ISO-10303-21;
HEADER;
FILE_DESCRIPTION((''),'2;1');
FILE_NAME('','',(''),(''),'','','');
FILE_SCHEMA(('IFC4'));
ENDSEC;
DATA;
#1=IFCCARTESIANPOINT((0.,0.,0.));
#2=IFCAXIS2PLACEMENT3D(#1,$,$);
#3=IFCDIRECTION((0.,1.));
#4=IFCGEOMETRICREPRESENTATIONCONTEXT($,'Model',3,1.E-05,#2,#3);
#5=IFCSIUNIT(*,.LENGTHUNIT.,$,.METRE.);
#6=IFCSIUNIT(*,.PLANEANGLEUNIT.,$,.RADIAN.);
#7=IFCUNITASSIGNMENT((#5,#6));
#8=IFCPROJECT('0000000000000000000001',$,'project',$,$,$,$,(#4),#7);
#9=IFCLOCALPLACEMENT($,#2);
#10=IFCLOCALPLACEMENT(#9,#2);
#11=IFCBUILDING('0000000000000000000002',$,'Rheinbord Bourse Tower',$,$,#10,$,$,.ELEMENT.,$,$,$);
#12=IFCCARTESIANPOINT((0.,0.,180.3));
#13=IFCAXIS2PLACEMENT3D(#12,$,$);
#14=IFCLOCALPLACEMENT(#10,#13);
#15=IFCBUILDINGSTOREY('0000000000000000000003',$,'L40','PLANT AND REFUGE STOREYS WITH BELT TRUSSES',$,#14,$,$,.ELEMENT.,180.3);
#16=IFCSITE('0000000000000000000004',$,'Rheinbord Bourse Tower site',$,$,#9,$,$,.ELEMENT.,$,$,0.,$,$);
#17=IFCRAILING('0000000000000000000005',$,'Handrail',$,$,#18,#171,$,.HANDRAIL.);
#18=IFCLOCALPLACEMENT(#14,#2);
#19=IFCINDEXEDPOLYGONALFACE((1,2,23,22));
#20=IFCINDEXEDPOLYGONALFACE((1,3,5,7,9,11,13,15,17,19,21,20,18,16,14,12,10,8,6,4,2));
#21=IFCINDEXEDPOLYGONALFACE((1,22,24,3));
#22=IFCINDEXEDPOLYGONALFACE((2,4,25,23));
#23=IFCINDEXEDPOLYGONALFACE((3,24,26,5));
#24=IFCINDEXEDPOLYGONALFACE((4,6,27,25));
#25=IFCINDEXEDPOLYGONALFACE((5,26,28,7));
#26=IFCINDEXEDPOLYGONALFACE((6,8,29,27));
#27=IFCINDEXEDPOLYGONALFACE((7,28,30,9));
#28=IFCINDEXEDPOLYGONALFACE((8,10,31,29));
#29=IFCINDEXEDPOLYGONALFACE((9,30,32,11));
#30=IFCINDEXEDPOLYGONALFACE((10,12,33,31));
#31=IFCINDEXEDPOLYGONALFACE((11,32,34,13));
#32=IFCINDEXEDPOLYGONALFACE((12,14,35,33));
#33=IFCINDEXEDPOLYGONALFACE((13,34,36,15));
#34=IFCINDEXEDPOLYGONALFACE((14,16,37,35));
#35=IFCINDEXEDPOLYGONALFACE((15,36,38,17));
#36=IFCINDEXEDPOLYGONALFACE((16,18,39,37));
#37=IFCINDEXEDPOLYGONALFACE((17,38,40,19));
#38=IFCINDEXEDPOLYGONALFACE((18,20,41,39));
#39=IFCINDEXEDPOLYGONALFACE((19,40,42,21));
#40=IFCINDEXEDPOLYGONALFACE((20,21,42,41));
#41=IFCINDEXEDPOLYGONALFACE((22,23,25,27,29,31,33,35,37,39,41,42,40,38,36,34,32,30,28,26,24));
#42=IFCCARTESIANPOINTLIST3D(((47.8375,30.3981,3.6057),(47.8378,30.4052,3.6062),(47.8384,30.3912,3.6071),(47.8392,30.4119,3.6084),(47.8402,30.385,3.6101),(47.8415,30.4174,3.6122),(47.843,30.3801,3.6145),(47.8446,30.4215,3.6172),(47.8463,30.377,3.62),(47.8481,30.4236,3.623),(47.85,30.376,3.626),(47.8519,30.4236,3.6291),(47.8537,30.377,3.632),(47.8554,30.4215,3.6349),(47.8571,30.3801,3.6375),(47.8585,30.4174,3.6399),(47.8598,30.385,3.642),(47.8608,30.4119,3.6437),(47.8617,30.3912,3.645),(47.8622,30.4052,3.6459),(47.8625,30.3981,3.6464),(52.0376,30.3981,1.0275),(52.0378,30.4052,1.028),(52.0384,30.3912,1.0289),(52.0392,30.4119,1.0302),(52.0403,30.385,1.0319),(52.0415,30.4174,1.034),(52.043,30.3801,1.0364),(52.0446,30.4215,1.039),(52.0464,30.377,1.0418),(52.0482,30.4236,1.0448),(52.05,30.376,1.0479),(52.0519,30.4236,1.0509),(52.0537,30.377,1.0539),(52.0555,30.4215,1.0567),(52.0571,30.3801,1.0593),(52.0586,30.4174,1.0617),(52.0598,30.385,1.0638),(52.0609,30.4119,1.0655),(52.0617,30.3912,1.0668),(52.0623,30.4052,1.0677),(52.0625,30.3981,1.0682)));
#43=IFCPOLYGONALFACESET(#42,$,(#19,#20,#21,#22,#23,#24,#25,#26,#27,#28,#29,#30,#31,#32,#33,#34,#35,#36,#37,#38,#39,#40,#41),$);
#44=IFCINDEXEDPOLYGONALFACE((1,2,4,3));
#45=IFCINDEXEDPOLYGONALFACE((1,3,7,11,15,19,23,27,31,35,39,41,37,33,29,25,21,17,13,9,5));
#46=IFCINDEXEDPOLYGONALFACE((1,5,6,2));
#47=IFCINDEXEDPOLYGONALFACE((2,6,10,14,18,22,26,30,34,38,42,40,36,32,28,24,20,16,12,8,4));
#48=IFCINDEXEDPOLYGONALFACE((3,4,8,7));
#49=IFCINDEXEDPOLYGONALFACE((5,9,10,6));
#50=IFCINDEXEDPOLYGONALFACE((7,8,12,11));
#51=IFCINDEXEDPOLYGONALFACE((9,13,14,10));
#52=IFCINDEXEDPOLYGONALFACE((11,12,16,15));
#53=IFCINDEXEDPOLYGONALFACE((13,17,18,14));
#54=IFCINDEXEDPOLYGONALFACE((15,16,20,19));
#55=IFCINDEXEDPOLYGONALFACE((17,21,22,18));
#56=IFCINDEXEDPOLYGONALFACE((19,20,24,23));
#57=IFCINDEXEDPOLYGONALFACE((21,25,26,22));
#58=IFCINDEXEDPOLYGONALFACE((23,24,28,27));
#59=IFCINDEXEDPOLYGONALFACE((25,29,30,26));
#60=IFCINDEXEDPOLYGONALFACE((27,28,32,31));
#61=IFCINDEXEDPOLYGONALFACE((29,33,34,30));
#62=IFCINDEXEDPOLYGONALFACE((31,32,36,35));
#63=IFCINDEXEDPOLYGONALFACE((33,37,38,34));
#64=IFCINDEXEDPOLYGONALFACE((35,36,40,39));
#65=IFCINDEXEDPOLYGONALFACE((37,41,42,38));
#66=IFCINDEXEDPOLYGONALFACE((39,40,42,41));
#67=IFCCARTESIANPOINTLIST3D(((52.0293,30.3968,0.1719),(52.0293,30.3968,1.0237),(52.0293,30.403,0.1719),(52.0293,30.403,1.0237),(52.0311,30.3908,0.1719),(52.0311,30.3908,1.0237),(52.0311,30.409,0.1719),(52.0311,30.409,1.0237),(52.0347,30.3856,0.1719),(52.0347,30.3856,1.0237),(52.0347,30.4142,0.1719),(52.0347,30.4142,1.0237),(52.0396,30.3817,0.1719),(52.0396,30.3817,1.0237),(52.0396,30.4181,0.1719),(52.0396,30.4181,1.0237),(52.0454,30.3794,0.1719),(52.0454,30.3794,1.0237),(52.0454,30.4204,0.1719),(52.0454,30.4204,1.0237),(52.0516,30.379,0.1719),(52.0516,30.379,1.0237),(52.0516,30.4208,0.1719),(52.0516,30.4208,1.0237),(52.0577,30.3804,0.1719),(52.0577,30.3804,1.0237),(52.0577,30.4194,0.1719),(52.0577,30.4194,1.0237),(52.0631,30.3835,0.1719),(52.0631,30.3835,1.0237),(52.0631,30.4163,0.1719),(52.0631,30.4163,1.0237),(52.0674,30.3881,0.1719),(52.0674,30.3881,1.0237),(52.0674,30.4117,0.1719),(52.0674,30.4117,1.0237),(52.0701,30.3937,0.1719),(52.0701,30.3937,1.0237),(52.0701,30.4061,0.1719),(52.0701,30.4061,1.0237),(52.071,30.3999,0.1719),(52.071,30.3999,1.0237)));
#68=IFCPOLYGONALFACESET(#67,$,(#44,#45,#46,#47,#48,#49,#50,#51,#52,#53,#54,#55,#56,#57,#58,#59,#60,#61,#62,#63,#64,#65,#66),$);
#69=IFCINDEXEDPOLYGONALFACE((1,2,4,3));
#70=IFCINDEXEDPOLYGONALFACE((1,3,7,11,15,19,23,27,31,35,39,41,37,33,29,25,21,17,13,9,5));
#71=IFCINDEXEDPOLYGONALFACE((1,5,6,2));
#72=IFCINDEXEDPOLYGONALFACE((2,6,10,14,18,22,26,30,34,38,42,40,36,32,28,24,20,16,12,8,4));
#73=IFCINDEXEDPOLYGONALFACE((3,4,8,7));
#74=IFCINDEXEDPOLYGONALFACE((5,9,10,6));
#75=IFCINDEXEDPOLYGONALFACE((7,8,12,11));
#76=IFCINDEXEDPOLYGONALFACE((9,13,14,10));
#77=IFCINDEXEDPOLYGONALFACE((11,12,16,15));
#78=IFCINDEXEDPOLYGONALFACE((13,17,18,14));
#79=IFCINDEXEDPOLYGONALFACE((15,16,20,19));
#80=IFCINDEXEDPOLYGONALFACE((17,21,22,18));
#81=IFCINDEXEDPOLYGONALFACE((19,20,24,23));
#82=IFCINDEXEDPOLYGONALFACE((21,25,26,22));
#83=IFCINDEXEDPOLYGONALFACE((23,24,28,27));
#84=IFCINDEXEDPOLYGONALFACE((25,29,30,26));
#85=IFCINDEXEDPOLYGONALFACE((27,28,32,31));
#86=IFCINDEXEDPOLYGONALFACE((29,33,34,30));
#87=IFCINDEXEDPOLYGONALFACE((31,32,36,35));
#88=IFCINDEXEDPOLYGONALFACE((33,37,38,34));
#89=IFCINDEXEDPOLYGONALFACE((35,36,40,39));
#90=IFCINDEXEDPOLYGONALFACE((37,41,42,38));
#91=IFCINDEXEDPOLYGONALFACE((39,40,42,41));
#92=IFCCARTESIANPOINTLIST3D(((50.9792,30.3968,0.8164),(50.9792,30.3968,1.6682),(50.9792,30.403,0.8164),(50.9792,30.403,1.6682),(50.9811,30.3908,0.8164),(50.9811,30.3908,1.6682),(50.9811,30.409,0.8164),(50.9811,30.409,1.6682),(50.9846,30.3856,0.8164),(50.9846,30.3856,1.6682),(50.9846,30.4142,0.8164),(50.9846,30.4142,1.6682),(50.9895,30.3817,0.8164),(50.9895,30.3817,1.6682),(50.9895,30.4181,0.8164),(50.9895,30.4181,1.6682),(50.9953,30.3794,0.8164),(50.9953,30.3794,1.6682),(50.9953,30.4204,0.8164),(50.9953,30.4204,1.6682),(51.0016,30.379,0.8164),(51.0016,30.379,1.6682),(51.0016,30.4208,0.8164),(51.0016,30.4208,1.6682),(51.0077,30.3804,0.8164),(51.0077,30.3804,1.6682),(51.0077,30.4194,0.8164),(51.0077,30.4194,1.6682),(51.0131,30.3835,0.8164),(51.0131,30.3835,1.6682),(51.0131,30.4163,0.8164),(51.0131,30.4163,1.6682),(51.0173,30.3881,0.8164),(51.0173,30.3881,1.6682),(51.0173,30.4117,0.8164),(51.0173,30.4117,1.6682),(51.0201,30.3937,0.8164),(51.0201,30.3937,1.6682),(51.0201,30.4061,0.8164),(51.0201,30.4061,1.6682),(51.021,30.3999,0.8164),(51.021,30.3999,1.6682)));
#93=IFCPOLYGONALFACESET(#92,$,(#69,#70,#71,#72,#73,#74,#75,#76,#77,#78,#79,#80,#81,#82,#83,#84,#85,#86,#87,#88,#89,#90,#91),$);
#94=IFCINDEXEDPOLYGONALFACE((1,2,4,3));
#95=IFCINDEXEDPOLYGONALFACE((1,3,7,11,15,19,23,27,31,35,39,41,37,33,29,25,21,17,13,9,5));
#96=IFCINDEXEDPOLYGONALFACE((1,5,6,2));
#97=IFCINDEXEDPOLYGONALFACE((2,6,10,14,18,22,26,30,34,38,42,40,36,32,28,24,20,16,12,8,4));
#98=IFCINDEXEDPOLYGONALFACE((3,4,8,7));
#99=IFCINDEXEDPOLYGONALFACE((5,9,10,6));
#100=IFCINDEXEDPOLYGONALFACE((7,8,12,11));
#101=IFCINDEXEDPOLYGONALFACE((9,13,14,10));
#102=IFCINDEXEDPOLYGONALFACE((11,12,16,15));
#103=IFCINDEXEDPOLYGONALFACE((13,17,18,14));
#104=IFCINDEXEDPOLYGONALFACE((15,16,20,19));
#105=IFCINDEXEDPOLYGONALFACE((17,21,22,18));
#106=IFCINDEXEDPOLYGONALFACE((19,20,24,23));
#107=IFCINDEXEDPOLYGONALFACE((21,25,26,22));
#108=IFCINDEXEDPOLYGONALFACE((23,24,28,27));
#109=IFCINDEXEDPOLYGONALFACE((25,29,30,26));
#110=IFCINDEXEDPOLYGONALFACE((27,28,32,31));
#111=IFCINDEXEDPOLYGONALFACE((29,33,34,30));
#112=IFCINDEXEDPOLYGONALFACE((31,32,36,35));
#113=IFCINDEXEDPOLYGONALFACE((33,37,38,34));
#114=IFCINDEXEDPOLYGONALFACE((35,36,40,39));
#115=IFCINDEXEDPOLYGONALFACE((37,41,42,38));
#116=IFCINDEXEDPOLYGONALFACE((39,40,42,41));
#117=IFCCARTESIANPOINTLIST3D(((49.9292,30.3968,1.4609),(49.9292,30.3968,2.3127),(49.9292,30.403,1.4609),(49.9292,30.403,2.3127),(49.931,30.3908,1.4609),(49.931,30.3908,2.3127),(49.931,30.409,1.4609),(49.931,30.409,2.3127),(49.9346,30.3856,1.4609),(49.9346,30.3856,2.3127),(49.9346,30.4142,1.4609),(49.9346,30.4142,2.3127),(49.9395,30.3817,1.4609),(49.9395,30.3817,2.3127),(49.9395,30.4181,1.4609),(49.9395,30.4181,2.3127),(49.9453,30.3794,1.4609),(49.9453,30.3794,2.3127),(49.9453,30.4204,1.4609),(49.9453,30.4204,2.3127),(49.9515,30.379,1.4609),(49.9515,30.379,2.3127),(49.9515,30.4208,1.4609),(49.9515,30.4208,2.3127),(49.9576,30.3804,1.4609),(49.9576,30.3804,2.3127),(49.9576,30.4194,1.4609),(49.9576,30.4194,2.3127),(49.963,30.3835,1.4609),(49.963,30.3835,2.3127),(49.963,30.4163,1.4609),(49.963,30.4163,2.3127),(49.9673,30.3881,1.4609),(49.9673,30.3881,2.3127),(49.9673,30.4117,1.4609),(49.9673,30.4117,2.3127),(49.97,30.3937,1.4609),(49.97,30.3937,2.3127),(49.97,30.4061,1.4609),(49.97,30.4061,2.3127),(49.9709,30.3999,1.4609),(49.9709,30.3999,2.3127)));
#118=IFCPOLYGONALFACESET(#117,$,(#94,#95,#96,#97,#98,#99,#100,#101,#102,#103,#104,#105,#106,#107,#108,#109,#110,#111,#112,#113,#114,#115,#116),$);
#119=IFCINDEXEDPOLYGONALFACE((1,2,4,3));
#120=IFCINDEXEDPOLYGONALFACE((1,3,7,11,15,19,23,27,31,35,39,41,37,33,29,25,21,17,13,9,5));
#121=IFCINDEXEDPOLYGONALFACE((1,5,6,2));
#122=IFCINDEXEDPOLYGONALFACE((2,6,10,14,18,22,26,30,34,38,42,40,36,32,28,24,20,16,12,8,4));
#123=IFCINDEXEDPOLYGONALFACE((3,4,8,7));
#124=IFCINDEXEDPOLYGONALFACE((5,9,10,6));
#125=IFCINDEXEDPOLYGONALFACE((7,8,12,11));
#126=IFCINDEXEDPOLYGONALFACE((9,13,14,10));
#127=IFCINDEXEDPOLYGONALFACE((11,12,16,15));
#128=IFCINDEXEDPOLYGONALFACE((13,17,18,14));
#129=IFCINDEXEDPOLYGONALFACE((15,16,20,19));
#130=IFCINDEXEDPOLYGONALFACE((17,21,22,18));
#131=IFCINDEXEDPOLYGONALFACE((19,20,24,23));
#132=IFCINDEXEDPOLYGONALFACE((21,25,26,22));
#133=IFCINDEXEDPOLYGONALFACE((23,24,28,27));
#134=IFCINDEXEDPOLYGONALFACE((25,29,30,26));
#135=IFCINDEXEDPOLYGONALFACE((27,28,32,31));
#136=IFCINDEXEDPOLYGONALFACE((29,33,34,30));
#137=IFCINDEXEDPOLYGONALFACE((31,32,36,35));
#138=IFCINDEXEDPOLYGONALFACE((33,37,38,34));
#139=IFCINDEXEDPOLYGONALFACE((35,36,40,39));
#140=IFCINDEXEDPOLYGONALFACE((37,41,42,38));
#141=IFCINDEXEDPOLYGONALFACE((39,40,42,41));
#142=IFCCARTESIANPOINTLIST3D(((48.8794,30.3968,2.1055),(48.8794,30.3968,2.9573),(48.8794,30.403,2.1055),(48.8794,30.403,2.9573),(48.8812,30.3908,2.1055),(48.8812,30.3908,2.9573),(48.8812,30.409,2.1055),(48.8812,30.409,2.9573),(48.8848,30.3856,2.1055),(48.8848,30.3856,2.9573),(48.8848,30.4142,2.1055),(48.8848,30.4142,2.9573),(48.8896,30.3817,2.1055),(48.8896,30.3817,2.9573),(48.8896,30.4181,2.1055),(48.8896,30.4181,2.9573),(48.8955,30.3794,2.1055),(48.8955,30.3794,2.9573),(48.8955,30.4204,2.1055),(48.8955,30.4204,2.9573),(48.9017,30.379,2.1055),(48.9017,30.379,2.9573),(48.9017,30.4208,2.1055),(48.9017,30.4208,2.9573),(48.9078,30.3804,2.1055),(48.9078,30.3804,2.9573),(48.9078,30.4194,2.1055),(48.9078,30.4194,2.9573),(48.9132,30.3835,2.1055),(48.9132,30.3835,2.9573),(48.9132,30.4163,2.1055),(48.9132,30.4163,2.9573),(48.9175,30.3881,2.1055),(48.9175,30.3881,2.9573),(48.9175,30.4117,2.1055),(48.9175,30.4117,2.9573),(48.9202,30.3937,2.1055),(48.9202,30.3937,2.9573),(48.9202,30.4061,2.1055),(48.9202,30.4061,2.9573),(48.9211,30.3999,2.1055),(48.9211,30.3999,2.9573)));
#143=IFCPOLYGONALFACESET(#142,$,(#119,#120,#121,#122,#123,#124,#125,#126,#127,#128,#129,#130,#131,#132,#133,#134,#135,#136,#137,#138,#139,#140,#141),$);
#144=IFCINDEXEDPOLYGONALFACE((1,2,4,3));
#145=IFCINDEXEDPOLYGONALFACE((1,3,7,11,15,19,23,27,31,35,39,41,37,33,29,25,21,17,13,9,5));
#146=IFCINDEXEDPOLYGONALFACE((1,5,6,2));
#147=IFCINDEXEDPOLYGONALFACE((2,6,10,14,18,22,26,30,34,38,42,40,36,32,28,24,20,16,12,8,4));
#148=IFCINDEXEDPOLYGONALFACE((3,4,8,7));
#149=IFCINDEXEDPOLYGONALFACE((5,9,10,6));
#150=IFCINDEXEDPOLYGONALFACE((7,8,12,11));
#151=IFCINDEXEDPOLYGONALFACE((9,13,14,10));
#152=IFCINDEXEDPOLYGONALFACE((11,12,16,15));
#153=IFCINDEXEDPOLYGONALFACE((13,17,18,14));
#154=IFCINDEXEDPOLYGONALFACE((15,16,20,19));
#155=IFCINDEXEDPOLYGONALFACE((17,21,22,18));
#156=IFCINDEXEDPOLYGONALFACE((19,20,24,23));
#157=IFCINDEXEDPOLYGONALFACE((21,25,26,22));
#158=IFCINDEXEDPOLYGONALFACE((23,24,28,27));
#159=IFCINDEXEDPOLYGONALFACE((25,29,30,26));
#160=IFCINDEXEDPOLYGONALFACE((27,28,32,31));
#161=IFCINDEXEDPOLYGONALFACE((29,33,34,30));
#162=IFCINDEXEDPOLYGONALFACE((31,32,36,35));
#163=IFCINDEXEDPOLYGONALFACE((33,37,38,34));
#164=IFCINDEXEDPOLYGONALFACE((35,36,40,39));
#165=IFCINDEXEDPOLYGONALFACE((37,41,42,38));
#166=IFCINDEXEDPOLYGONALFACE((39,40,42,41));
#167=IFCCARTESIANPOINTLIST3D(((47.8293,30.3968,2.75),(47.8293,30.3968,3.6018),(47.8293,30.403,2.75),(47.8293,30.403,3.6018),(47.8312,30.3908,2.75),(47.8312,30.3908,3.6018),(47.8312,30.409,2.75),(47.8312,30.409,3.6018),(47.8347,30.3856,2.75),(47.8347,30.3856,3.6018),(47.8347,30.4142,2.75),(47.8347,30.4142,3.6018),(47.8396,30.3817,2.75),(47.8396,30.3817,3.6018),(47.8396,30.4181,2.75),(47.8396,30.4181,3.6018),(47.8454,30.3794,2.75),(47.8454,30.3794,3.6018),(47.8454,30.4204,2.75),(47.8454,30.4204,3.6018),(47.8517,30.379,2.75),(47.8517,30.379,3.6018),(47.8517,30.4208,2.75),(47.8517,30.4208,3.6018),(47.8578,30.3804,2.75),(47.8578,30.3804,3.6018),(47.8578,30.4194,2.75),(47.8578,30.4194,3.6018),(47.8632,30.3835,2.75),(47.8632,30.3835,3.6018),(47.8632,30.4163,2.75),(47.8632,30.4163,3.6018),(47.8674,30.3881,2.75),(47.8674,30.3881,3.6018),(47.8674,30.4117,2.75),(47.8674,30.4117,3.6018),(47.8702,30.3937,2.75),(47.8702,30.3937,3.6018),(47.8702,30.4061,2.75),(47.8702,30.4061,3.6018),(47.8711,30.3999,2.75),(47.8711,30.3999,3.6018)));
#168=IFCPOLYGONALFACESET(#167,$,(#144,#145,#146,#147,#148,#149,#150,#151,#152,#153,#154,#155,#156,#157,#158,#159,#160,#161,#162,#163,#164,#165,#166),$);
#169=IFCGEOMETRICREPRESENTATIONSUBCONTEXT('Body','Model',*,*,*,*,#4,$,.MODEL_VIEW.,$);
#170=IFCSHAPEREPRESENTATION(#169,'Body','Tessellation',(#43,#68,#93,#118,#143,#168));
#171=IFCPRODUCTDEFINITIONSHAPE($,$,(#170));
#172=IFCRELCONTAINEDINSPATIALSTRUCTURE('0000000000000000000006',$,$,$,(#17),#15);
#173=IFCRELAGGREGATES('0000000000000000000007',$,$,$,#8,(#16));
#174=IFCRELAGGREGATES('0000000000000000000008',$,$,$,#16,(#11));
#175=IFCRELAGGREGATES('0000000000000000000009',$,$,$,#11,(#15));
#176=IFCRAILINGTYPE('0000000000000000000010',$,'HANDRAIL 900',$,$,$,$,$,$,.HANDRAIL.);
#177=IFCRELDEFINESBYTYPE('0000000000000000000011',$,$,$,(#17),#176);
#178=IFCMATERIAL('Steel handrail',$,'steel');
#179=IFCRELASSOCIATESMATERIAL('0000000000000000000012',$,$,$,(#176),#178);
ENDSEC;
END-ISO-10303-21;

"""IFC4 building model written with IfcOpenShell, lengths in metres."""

from ifc_helpers import new_model, si_unit, direction, frame, origin, origin_2d, place, context, subcontext, project, spatial, circle, extrude, material, type_object, element, save


model = new_model("IFC4")

# Units and contexts
model_context = context("Model", 3, precision=1e-05, world=origin(), true_north=direction((0.0, 1.0)))
body_context = subcontext(model_context, "Body", "Model", "MODEL_VIEW")
ifc_project = project(units=[si_unit("LENGTHUNIT", "METRE"), si_unit("PLANEANGLEUNIT", "RADIAN")], contexts=[model_context])

# Site, building, storey
site_placement = place(None, origin())
site = spatial("IfcSite", under=ifc_project, at=site_placement, Name="Rheinbord Bourse Tower site", CompositionType="ELEMENT", RefElevation=0.0)
building_placement = place(site_placement, origin())
building = spatial("IfcBuilding", under=site, at=building_placement, Name="Rheinbord Bourse Tower", CompositionType="ELEMENT")
storey_placement = place(building_placement, frame((0.0, 0.0, 180.3)))
storey = spatial("IfcBuildingStorey", under=building, at=storey_placement, Name="L40", Description="PLANT AND REFUGE STOREYS WITH BELT TRUSSES", CompositionType="ELEMENT", Elevation=180.3)

# Railing
ifc_material_1 = material(Name="Steel handrail", Category="steel")
railing_type = type_object("IfcRailingType", Name="HANDRAIL 900", PredefinedType="HANDRAIL", material=ifc_material_1)
railing_1_placement = place(storey_placement, frame((52.05, 30.3999, 0.1719)))
element("IfcRailing", 1, at=railing_1_placement, inside=storey, type_object=railing_type, Name="Handrail", PredefinedType="HANDRAIL", context=body_context, shape_type="SweptSolid", body=[
    extrude(circle(Radius=0.0239, at=origin_2d()), frame((0.0, 0.0, 0.876), z_axis=(-0.852243, 0.0, 0.523146), x_axis=(0.0, -1.0, 0.0)), (0.0, 0.0, 1.0), 4.9282),
    extrude(circle(Radius=0.021, at=origin_2d()), origin(), (0.0, 0.0, 1.0), 0.8518),
    extrude(circle(Radius=0.021, at=origin_2d()), frame((-1.05, 0.0, 0.6445)), (0.0, 0.0, 1.0), 0.8518),
    extrude(circle(Radius=0.021, at=origin_2d()), frame((-2.1001, 0.0, 1.2891)), (0.0, 0.0, 1.0), 0.8518),
    extrude(circle(Radius=0.021, at=origin_2d()), frame((-3.1499, 0.0, 1.9336)), (0.0, 0.0, 1.0), 0.8518),
    extrude(circle(Radius=0.021, at=origin_2d()), frame((-4.2, 0.0, 2.5781)), (0.0, 0.0, 1.0), 0.8518),
])

save(model, "model.ifc")
